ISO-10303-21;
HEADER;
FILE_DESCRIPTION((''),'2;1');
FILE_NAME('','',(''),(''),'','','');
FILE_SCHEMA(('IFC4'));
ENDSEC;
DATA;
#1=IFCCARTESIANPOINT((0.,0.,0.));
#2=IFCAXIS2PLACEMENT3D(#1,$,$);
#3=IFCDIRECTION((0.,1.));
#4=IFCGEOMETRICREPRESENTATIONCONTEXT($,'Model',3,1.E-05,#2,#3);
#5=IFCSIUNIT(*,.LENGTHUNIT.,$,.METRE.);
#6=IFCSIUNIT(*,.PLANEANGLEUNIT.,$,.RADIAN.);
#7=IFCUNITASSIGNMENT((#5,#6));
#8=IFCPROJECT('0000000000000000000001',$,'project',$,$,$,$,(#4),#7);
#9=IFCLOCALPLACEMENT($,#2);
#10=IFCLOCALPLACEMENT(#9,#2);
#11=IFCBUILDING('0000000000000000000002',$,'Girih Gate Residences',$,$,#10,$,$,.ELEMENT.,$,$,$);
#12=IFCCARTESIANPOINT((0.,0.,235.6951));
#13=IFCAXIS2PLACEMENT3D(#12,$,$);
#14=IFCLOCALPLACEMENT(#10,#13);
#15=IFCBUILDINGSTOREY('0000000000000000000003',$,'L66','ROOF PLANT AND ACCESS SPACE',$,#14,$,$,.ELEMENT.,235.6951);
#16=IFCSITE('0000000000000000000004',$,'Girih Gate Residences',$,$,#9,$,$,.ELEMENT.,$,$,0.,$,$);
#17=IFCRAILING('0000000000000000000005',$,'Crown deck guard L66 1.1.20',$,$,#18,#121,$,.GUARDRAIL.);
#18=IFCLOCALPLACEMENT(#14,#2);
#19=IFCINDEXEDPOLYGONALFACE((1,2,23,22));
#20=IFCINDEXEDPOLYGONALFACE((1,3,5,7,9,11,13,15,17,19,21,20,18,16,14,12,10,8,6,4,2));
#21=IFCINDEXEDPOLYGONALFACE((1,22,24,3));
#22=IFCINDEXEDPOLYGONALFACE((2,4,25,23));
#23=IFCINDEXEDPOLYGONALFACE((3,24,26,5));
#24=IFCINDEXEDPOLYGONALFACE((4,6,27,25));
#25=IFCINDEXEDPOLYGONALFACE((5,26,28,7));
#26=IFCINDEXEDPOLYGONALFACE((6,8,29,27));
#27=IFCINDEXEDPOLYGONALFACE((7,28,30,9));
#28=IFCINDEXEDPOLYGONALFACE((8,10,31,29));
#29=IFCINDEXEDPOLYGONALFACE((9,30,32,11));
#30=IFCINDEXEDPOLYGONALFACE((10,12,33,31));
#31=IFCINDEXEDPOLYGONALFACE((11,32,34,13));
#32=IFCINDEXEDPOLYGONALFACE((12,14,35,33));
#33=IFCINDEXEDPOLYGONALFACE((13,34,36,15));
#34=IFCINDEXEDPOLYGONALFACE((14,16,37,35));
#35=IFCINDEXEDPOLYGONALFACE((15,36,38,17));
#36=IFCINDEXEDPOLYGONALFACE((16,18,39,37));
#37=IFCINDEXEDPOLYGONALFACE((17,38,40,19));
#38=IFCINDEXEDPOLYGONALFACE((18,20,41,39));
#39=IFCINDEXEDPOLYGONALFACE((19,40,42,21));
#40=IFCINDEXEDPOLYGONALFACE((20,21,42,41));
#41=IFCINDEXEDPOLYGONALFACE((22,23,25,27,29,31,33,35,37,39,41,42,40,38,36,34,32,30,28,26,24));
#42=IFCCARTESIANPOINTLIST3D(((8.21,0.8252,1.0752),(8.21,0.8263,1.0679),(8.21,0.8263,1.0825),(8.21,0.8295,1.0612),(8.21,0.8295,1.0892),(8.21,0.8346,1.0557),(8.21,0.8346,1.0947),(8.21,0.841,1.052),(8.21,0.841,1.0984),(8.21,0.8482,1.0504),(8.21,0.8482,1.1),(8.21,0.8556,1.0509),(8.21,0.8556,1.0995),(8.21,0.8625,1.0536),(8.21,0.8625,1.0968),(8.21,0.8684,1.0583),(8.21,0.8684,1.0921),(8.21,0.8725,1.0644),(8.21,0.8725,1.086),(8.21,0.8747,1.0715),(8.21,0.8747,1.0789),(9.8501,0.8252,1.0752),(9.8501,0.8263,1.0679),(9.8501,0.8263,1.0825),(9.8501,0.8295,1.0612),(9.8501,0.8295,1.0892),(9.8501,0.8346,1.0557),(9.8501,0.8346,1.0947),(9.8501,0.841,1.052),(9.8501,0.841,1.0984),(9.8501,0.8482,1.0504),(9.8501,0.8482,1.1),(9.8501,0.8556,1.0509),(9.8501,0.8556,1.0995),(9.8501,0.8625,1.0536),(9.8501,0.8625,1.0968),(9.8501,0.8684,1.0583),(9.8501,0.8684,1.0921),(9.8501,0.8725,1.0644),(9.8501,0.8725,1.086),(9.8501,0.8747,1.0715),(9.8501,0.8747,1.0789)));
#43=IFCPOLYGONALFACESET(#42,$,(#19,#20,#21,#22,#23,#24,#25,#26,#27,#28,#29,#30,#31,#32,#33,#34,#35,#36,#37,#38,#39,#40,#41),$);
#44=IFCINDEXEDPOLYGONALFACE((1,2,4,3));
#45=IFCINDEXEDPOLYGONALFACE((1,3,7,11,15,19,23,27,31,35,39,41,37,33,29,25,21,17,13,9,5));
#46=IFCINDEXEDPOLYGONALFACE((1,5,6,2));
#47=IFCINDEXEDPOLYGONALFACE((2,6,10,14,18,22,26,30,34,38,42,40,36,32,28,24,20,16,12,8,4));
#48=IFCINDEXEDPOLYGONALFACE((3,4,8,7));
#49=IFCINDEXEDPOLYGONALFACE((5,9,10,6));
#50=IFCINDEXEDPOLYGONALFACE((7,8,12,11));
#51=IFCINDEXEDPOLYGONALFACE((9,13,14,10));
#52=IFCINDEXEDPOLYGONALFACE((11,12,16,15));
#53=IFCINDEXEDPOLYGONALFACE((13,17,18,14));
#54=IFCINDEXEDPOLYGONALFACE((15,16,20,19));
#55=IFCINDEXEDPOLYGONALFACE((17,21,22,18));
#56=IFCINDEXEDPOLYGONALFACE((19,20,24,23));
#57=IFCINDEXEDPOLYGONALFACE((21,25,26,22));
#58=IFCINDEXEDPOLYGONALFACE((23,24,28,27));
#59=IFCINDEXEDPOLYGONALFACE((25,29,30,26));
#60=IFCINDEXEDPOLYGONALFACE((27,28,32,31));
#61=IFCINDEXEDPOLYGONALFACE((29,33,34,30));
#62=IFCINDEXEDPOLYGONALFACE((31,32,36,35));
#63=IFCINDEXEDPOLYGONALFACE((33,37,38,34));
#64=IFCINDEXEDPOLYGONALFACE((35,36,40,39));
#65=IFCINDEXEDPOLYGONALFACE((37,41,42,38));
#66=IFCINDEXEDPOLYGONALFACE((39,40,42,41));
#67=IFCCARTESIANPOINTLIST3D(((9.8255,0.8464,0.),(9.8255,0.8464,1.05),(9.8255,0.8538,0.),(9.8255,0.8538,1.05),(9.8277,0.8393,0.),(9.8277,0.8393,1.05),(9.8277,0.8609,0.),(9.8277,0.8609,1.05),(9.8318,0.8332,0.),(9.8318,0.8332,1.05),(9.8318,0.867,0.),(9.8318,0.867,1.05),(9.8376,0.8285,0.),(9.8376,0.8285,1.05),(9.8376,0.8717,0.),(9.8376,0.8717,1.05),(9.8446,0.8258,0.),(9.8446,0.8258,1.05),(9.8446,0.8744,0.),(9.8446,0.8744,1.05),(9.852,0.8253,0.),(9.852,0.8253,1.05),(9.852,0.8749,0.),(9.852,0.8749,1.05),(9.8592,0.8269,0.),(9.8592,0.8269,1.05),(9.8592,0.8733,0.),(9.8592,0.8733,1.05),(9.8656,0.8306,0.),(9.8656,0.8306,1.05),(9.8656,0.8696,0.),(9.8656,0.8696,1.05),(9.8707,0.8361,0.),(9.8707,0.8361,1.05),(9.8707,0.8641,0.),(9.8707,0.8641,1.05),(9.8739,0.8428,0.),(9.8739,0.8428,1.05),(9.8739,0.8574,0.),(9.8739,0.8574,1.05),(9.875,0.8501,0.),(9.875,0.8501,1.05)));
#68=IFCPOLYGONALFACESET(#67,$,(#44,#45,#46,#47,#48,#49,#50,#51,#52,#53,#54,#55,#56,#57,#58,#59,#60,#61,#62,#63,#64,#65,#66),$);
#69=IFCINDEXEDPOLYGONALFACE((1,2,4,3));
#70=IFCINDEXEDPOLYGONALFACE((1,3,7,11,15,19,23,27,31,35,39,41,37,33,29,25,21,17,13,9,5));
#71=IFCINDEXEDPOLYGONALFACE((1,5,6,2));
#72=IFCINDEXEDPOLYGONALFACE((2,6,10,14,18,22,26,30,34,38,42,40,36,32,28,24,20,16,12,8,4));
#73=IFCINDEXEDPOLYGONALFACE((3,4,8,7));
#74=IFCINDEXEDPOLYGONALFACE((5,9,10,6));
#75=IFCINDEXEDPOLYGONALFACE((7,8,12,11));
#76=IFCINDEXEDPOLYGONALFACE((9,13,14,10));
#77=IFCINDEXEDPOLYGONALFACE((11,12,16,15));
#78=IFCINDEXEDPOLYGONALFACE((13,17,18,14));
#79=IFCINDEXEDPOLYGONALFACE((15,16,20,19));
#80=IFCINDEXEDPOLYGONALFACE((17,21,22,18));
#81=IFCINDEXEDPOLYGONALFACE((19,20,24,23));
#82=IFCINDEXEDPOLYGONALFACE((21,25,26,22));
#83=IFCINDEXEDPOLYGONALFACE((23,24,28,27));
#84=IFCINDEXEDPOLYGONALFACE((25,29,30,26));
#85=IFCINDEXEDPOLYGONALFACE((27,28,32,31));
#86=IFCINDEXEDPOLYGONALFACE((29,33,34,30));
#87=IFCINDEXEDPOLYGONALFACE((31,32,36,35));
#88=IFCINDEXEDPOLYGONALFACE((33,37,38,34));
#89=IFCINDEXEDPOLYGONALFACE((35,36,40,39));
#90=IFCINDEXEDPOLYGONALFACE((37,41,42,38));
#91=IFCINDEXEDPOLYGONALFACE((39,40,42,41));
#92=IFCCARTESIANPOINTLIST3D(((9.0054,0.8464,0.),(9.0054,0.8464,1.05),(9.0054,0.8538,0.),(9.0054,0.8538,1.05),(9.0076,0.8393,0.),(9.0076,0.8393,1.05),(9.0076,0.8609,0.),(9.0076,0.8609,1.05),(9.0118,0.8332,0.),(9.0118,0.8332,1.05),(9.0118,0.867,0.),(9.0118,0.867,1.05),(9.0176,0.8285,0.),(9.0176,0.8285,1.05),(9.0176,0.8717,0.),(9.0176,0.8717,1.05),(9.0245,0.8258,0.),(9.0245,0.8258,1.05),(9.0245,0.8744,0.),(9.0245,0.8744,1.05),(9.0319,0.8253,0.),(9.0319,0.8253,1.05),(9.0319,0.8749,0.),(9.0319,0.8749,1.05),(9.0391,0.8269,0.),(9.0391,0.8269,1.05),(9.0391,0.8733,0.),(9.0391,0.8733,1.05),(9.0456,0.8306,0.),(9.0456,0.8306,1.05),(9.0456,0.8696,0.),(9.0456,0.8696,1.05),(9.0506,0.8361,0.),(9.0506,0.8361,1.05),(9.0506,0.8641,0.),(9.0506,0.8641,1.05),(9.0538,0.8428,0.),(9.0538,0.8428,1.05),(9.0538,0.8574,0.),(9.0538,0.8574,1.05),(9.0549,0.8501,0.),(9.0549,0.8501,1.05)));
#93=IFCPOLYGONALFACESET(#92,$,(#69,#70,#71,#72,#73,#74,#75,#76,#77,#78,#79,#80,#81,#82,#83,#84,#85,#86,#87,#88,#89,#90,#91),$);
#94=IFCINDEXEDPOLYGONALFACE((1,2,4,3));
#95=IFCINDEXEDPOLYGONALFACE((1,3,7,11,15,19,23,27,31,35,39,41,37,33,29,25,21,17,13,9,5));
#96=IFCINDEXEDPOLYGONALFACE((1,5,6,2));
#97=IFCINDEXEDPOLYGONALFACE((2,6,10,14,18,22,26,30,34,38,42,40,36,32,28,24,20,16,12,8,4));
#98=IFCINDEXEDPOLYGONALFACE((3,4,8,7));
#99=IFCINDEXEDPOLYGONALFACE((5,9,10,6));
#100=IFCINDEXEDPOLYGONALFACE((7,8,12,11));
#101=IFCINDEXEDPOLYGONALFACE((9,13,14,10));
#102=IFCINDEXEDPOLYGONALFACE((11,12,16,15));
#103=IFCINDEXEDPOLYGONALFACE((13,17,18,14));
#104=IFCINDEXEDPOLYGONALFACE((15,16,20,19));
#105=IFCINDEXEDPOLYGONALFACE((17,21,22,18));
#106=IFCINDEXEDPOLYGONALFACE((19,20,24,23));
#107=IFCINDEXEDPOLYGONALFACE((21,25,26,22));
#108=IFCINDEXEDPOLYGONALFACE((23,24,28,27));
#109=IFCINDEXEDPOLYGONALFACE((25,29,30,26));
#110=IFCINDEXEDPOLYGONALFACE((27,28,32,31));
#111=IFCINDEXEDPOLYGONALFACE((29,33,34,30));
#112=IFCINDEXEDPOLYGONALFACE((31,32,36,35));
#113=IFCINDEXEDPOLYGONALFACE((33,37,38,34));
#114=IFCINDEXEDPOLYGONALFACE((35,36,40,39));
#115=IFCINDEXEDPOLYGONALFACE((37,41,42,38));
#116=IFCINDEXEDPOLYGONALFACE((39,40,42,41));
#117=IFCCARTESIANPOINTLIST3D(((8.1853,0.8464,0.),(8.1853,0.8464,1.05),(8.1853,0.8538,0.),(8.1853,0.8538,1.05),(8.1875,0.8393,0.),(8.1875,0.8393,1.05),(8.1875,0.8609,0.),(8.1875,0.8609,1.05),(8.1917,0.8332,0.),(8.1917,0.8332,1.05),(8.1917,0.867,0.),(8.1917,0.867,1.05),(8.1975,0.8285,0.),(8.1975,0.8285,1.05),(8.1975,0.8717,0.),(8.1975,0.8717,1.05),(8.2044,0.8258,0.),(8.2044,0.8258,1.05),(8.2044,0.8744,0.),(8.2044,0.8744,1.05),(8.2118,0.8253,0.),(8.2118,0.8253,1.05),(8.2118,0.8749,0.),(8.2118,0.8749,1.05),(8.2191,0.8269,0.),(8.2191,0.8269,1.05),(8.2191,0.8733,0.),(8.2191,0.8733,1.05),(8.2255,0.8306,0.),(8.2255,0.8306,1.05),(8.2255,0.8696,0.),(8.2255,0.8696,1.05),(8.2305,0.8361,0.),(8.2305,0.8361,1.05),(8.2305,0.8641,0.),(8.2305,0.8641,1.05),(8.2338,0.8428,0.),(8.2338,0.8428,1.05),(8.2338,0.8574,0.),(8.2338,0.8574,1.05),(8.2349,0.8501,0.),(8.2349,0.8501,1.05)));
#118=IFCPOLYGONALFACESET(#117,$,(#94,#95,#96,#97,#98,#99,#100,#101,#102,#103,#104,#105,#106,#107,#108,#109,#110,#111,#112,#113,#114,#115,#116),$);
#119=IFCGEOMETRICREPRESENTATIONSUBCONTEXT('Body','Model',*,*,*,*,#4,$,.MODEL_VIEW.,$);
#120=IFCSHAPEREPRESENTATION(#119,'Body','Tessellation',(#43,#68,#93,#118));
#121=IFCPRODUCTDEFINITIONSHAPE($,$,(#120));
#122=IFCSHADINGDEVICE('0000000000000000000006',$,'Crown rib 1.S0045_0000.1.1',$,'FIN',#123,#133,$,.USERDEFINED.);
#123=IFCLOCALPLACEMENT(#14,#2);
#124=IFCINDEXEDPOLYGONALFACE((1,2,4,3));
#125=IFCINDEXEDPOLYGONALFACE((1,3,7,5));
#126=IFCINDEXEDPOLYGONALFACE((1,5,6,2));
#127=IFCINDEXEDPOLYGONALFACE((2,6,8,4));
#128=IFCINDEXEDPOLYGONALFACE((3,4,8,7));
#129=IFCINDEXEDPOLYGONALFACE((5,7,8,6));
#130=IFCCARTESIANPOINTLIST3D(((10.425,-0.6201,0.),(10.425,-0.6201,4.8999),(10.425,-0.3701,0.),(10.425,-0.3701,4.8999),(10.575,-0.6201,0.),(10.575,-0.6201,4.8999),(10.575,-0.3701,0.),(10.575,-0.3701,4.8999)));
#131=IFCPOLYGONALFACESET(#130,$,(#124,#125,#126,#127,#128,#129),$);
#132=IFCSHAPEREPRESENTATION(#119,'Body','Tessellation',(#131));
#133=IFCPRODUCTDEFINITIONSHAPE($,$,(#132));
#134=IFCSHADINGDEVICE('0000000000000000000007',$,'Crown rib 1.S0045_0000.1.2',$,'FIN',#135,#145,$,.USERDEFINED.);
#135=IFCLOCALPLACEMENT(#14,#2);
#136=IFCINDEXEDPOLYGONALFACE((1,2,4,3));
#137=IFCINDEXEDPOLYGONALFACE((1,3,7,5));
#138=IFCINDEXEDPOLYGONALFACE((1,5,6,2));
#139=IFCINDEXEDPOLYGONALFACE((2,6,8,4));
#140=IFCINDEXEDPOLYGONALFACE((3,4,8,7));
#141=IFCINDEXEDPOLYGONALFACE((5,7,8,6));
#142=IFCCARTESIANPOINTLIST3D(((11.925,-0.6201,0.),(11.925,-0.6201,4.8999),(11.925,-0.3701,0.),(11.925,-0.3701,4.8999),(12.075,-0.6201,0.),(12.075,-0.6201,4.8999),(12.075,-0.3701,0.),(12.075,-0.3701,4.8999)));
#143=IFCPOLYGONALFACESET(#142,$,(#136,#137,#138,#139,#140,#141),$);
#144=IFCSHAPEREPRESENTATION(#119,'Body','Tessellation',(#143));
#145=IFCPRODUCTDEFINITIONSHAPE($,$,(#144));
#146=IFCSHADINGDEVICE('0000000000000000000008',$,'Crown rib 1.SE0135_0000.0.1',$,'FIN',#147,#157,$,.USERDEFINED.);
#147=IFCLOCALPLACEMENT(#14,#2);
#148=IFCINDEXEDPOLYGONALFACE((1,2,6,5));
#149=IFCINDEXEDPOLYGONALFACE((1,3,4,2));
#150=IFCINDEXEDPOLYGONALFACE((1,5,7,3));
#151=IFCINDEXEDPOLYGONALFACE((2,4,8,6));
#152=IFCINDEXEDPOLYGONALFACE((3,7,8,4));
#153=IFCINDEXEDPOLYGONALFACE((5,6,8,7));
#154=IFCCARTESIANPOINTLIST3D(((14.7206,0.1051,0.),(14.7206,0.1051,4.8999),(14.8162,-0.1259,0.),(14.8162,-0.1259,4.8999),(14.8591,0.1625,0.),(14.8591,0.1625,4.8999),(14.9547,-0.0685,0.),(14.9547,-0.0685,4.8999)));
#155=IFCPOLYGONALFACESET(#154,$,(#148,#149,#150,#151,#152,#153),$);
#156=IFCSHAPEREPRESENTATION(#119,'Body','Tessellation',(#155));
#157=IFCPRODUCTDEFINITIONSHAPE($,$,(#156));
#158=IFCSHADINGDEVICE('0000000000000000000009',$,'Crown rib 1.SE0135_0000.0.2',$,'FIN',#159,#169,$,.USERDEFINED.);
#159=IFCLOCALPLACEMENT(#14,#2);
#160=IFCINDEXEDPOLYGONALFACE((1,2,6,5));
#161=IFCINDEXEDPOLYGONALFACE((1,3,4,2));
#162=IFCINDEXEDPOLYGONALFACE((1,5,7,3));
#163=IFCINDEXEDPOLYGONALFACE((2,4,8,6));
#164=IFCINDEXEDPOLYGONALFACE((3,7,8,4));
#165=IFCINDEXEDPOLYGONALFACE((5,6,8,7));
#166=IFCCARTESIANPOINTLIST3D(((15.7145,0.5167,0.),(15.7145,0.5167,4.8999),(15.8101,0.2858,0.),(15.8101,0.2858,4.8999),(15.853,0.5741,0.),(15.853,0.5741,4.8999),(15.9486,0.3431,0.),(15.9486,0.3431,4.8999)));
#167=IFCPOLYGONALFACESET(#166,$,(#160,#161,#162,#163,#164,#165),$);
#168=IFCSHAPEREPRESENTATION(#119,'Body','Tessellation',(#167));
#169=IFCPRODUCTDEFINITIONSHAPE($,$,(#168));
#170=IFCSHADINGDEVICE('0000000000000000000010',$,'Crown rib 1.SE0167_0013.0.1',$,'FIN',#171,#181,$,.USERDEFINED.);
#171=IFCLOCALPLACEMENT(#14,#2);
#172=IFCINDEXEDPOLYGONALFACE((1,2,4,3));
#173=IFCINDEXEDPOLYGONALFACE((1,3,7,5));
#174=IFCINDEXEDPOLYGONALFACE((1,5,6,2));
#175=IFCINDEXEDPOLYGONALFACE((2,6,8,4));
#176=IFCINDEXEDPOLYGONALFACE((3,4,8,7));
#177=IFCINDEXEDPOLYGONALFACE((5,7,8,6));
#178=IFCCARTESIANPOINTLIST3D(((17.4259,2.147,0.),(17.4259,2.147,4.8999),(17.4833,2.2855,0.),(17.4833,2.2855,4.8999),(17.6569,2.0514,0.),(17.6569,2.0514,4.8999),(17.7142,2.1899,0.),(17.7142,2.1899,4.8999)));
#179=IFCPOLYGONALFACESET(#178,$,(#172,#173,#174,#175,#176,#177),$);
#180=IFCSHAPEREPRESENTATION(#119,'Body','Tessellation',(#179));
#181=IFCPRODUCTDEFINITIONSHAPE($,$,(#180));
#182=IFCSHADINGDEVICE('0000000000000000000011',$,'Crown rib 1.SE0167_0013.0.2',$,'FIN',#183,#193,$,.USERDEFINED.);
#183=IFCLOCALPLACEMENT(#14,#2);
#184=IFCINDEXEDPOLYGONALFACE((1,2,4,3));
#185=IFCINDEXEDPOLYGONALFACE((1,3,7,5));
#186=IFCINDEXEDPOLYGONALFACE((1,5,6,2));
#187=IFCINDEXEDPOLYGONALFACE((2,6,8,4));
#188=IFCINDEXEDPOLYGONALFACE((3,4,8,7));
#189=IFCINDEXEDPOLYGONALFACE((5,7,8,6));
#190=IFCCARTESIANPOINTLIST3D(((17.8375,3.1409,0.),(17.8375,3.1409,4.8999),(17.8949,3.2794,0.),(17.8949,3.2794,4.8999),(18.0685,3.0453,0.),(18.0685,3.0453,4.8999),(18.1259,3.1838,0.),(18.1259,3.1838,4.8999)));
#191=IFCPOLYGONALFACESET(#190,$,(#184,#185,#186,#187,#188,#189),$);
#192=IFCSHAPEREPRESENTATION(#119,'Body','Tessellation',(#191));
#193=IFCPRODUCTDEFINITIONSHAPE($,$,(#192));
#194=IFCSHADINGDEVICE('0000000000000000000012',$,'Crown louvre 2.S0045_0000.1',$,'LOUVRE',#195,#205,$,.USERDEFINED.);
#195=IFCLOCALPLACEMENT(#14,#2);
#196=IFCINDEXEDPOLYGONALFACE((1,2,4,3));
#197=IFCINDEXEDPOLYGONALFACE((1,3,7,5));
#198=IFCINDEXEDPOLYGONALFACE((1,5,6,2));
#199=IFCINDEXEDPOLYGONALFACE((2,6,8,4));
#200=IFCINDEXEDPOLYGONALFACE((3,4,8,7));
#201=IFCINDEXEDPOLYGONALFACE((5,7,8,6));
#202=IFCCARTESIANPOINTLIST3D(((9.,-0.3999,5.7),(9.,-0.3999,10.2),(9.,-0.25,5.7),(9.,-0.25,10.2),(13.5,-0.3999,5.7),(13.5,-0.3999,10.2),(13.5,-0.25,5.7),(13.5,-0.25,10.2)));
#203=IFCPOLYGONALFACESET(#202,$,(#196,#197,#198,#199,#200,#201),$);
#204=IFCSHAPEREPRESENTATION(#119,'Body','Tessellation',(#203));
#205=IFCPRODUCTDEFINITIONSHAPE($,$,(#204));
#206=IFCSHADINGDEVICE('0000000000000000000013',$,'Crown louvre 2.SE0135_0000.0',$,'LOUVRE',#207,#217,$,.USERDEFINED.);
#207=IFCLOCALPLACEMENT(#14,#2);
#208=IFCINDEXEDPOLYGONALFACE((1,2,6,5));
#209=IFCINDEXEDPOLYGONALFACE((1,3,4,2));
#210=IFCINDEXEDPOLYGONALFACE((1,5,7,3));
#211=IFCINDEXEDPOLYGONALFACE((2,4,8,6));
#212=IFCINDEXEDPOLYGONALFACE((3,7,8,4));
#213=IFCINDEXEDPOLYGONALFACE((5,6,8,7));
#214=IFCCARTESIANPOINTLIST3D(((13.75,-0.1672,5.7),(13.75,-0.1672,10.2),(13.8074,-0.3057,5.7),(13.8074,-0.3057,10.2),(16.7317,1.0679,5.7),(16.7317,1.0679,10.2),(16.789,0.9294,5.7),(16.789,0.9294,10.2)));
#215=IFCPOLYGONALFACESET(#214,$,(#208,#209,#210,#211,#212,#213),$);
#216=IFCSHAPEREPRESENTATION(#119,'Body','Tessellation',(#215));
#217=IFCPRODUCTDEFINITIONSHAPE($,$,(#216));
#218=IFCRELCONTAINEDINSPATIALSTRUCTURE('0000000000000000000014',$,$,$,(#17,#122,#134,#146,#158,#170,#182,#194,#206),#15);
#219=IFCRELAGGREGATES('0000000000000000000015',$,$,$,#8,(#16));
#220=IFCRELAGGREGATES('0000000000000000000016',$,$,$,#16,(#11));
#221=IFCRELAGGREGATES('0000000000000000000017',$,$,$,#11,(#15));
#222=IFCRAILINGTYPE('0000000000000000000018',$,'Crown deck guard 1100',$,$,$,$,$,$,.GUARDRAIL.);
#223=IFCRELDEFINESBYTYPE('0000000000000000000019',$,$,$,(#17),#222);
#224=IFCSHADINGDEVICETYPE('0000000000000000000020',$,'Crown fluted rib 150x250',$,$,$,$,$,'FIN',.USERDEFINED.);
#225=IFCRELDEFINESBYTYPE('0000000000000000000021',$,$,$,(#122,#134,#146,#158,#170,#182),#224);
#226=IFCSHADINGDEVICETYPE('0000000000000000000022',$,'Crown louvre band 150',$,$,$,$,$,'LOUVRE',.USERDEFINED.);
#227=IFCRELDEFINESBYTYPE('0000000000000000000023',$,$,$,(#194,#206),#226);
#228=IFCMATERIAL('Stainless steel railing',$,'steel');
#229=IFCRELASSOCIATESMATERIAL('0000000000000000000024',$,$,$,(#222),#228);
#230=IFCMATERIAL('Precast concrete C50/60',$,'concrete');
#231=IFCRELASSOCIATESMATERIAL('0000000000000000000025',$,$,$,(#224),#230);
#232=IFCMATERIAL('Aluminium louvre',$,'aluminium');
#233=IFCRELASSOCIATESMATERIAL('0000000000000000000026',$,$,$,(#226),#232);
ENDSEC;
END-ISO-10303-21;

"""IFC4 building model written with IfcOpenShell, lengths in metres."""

from ifc_helpers import new_model, si_unit, direction, frame, origin, origin_2d, place, context, subcontext, project, spatial, rectangle, circle, extrude, material, type_object, element, save


model = new_model("IFC4")

# Units and contexts
model_context = context("Model", 3, precision=1e-05, world=origin(), true_north=direction((0.0, 1.0)))
body_context = subcontext(model_context, "Body", "Model", "MODEL_VIEW")
ifc_project = project(units=[si_unit("LENGTHUNIT", "METRE"), si_unit("PLANEANGLEUNIT", "RADIAN")], contexts=[model_context])

# Site, building, storey
site_placement = place(None, origin())
site = spatial("IfcSite", under=ifc_project, at=site_placement, Name="Girih Gate Residences", CompositionType="ELEMENT", RefElevation=0.0)
building_placement = place(site_placement, origin())
building = spatial("IfcBuilding", under=site, at=building_placement, Name="Girih Gate Residences", CompositionType="ELEMENT")
storey_placement = place(building_placement, frame((0.0, 0.0, 235.6951)))
storey = spatial("IfcBuildingStorey", under=building, at=storey_placement, Name="L66", Description="ROOF PLANT AND ACCESS SPACE", CompositionType="ELEMENT", Elevation=235.6951)

# Railing
ifc_material_1 = material(Name="Stainless steel railing", Category="steel")
railing_type = type_object("IfcRailingType", Name="Crown deck guard 1100", PredefinedType="GUARDRAIL", material=ifc_material_1)
railing_1_placement = place(storey_placement, frame((9.8501, 0.8501, 0.0)))
element("IfcRailing", 1, at=railing_1_placement, inside=storey, type_object=railing_type, Name="Crown deck guard L66 1.1.20", PredefinedType="GUARDRAIL", context=body_context, shape_type="SweptSolid", body=[
    extrude(circle(Radius=0.0249, at=origin_2d()), frame((0.0, 0.0, 1.0752), z_axis=(-1.0, 0.0, 0.0), x_axis=(0.0, -1.0, 0.0)), (0.0, 0.0, 1.0), 1.6401),
    extrude(circle(Radius=0.0249, at=origin_2d()), origin(), (0.0, 0.0, 1.0), 1.05),
    extrude(circle(Radius=0.0249, at=origin_2d()), frame((-0.8201, 0.0, 0.0)), (0.0, 0.0, 1.0), 1.05),
    extrude(circle(Radius=0.0249, at=origin_2d()), frame((-1.6401, 0.0, 0.0)), (0.0, 0.0, 1.0), 1.05),
])

# Shading devices
ifc_material_2 = material(Name="Precast concrete C50/60", Category="concrete")
shading_device_type_1 = type_object("IfcShadingDeviceType", Name="Crown fluted rib 150x250", ElementType="FIN", PredefinedType="USERDEFINED", material=ifc_material_2)
for number, where, z_axis, x_axis, name in (
    (2, (10.5, -0.4951, 0.0), (0.0, 0.0, 1.0), (1.0, 0.0, 0.0), "Crown rib 1.S0045_0000.1.1"),
    (3, (12.0, -0.4951, 0.0), (0.0, 0.0, 1.0), (1.0, 0.0, 0.0), "Crown rib 1.S0045_0000.1.2"),
    (4, (14.8376, 0.0183, 0.0), (0.0, 0.0, 1.0), (0.92388, 0.382683, 0.0), "Crown rib 1.SE0135_0000.0.1"),
    (5, (15.8315, 0.4299, 0.0), (0.0, 0.0, 1.0), (0.92388, 0.382683, 0.0), "Crown rib 1.SE0135_0000.0.2"),
    (6, (17.5701, 2.1685, 0.0), (0.0, 0.0, 1.0), (0.382683, 0.92388, 0.0), "Crown rib 1.SE0167_0013.0.1"),
    (7, (17.9817, 3.1624, 0.0), (0.0, 0.0, 1.0), (0.382683, 0.92388, 0.0), "Crown rib 1.SE0167_0013.0.2"),
):
    element("IfcShadingDevice", number, at=place(storey_placement, frame(where, z_axis=z_axis, x_axis=x_axis)), inside=storey, type_object=shading_device_type_1, Name=name, ObjectType="FIN", PredefinedType="USERDEFINED", context=body_context, shape_type="SweptSolid", body=[
        extrude(rectangle(XDim=0.1499, YDim=0.25, at=origin_2d()), origin(), (0.0, 0.0, 1.0), 4.8999),
    ])
ifc_material_3 = material(Name="Aluminium louvre", Category="aluminium")
shading_device_type_2 = type_object("IfcShadingDeviceType", Name="Crown louvre band 150", ElementType="LOUVRE", PredefinedType="USERDEFINED", material=ifc_material_3)
shading_device_1_placement = place(storey_placement, frame((11.25, -0.325, 5.7), z_axis=(0.0, 0.0, 1.0), x_axis=(1.0, 0.0, 0.0)))
element("IfcShadingDevice", 8, at=shading_device_1_placement, inside=storey, type_object=shading_device_type_2, Name="Crown louvre 2.S0045_0000.1", ObjectType="LOUVRE", PredefinedType="USERDEFINED", context=body_context, shape_type="SweptSolid", body=[
    extrude(rectangle(XDim=4.5, YDim=0.1499, at=origin_2d()), origin(), (0.0, 0.0, 1.0), 4.5),
])
for number, where, z_axis, x_axis, name in (
    (9, (15.2695, 0.3811, 5.7), (0.0, 0.0, 1.0), (0.92388, 0.382683, 0.0), "Crown louvre 2.SE0135_0000.0"),
):
    element("IfcShadingDevice", number, at=place(storey_placement, frame(where, z_axis=z_axis, x_axis=x_axis)), inside=storey, type_object=shading_device_type_2, Name=name, ObjectType="LOUVRE", PredefinedType="USERDEFINED", context=body_context, shape_type="SweptSolid", body=[
        extrude(rectangle(XDim=3.2273, YDim=0.1499, at=origin_2d()), origin(), (0.0, 0.0, 1.0), 4.5),
    ])

save(model, "model.ifc")
